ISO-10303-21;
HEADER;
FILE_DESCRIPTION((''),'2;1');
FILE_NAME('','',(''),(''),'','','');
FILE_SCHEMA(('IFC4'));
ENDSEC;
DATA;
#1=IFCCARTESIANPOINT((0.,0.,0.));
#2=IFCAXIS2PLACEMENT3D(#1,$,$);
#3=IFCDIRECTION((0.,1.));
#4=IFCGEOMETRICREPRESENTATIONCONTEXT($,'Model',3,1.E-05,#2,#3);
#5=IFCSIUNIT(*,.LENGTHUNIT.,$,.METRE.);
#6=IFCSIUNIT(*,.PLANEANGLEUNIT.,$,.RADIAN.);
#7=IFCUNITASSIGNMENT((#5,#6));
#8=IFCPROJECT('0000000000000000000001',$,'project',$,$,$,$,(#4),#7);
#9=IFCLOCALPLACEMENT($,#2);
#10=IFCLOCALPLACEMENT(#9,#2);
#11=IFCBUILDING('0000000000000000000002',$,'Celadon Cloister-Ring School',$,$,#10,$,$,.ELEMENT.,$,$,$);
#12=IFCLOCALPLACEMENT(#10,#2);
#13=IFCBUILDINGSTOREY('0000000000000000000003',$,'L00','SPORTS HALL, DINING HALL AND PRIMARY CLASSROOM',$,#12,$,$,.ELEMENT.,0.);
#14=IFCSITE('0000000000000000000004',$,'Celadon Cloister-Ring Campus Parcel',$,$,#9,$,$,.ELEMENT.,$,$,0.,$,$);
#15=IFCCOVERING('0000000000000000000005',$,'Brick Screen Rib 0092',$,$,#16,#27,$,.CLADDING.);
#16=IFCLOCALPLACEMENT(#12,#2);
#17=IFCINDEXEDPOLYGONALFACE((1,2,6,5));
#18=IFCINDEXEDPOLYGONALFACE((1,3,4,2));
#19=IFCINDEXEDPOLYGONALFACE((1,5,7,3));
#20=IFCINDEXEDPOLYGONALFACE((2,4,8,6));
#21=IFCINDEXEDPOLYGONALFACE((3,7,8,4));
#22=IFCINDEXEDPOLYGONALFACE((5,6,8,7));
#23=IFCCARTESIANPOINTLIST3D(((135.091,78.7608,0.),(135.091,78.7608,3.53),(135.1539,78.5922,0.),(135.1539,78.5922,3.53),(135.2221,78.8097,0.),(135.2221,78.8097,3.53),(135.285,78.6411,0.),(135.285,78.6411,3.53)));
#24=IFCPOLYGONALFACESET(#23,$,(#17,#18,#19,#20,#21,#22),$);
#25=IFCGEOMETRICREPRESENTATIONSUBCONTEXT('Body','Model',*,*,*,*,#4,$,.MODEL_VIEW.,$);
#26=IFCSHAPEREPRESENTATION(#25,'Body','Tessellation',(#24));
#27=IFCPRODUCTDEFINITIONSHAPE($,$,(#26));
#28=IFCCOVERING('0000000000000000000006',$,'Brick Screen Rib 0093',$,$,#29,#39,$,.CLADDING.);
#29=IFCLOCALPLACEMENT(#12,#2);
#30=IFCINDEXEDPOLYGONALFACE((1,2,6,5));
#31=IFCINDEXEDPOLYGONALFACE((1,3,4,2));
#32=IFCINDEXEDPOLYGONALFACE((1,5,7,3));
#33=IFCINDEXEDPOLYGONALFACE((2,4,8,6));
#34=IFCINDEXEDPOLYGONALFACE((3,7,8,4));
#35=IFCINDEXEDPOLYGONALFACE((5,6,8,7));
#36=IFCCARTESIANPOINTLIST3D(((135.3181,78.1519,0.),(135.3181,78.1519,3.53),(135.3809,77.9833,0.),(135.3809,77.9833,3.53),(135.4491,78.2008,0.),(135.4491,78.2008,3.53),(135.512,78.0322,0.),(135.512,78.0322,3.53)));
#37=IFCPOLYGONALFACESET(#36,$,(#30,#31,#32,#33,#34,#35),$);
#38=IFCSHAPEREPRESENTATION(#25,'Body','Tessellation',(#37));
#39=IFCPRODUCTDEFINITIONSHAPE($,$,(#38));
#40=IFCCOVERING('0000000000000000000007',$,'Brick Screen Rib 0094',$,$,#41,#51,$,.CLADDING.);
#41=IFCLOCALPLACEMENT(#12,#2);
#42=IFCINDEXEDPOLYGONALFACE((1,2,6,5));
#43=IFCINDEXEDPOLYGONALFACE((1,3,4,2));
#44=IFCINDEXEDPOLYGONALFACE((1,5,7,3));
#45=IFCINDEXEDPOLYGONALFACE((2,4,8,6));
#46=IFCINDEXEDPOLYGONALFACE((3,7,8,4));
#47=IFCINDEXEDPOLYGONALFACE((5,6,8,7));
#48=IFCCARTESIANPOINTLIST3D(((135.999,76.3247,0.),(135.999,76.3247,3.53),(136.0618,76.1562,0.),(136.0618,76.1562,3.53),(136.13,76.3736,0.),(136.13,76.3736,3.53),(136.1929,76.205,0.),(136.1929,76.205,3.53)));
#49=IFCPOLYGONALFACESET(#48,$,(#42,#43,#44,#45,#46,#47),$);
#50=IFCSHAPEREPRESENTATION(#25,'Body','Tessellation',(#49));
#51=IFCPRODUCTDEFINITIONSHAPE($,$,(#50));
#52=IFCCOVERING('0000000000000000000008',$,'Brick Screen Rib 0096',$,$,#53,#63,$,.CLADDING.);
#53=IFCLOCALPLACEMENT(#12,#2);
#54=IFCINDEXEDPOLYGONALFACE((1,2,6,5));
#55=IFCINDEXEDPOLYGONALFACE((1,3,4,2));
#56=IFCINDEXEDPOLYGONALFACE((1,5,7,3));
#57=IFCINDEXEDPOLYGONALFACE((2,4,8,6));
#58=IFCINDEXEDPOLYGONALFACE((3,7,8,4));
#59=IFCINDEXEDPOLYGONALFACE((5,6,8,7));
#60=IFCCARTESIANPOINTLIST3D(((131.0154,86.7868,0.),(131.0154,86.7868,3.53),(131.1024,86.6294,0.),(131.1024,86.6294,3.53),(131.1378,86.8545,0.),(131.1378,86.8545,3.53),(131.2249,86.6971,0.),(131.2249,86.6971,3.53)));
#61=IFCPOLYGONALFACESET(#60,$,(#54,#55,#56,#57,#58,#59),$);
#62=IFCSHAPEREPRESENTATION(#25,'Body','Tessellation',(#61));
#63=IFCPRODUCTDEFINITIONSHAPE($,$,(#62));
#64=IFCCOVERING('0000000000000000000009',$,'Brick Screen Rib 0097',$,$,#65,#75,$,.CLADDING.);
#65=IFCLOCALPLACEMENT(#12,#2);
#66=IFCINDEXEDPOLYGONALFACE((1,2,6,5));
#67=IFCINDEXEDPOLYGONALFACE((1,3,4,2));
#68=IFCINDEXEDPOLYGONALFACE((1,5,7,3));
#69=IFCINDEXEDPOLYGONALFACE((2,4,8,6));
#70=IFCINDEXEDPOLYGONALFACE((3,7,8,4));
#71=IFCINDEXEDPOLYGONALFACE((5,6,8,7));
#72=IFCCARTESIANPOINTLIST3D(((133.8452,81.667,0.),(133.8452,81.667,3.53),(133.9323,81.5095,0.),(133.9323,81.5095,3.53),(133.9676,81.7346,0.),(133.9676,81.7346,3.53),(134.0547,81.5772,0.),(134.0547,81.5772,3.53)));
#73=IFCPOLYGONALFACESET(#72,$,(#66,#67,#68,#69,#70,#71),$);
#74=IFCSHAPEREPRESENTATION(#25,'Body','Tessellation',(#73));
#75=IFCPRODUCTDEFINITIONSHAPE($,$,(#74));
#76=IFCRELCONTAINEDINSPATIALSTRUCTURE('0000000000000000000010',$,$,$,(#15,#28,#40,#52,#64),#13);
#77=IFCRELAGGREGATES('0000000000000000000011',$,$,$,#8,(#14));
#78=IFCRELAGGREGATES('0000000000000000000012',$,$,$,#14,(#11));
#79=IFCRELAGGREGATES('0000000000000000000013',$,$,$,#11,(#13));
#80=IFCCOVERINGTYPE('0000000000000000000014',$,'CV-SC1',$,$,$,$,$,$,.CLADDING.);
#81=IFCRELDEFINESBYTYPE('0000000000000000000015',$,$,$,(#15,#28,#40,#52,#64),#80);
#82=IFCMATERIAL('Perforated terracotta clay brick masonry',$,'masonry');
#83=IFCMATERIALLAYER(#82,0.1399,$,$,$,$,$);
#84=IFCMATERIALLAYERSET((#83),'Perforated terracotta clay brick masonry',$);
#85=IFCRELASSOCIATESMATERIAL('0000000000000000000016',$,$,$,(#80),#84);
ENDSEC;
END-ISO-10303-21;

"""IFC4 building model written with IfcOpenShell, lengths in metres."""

from ifc_helpers import new_model, si_unit, direction, frame, origin, origin_2d, place, context, subcontext, project, spatial, rectangle, extrude, material, layer, layer_set, type_object, element, save


model = new_model("IFC4")

# Units and contexts
model_context = context("Model", 3, precision=1e-05, world=origin(), true_north=direction((0.0, 1.0)))
body_context = subcontext(model_context, "Body", "Model", "MODEL_VIEW")
ifc_project = project(units=[si_unit("LENGTHUNIT", "METRE"), si_unit("PLANEANGLEUNIT", "RADIAN")], contexts=[model_context])

# Site, building, storey
site_placement = place(None, origin())
site = spatial("IfcSite", under=ifc_project, at=site_placement, Name="Celadon Cloister-Ring Campus Parcel", CompositionType="ELEMENT", RefElevation=0.0)
building_placement = place(site_placement, origin())
building = spatial("IfcBuilding", under=site, at=building_placement, Name="Celadon Cloister-Ring School", CompositionType="ELEMENT")
storey_placement = place(building_placement, origin())
storey = spatial("IfcBuildingStorey", under=building, at=storey_placement, Name="L00", Description="SPORTS HALL, DINING HALL AND PRIMARY CLASSROOM", CompositionType="ELEMENT", Elevation=0.0)

# Coverings
ifc_material_1 = material(Name="Perforated terracotta clay brick masonry", Category="masonry")
ifc_layer_1 = layer(ifc_material_1, 0.1399)
ifc_layer_set_1 = layer_set([ifc_layer_1], Name="Perforated terracotta clay brick masonry")
covering_type = type_object("IfcCoveringType", Name="CV-SC1", PredefinedType="CLADDING", material=ifc_layer_set_1)
for number, where, z_axis, x_axis, name in (
    (1, (135.188, 78.7009, 0.0), (0.0, 0.0, 1.0), (0.349439, -0.936959, 0.0), "Brick Screen Rib 0092"),
    (2, (135.415, 78.092, 0.0), (0.0, 0.0, 1.0), (0.349439, -0.936959, 0.0), "Brick Screen Rib 0093"),
    (3, (136.0959, 76.2649, 0.0), (0.0, 0.0, 1.0), (0.349439, -0.936959, 0.0), "Brick Screen Rib 0094"),
    (4, (131.1201, 86.7419, 0.0), (0.0, 0.0, 1.0), (0.483863, -0.875144, 0.0), "Brick Screen Rib 0096"),
    (5, (133.95, 81.6221, 0.0), (0.0, 0.0, 1.0), (0.483863, -0.875144, 0.0), "Brick Screen Rib 0097"),
):
    element("IfcCovering", number, at=place(storey_placement, frame(where, z_axis=z_axis, x_axis=x_axis)), inside=storey, type_object=covering_type, Name=name, PredefinedType="CLADDING", context=body_context, shape_type="SweptSolid", body=[
        extrude(rectangle(XDim=0.1799, YDim=0.1399, at=origin_2d()), origin(), (0.0, 0.0, 1.0), 3.53),
    ])

save(model, "model.ifc")
